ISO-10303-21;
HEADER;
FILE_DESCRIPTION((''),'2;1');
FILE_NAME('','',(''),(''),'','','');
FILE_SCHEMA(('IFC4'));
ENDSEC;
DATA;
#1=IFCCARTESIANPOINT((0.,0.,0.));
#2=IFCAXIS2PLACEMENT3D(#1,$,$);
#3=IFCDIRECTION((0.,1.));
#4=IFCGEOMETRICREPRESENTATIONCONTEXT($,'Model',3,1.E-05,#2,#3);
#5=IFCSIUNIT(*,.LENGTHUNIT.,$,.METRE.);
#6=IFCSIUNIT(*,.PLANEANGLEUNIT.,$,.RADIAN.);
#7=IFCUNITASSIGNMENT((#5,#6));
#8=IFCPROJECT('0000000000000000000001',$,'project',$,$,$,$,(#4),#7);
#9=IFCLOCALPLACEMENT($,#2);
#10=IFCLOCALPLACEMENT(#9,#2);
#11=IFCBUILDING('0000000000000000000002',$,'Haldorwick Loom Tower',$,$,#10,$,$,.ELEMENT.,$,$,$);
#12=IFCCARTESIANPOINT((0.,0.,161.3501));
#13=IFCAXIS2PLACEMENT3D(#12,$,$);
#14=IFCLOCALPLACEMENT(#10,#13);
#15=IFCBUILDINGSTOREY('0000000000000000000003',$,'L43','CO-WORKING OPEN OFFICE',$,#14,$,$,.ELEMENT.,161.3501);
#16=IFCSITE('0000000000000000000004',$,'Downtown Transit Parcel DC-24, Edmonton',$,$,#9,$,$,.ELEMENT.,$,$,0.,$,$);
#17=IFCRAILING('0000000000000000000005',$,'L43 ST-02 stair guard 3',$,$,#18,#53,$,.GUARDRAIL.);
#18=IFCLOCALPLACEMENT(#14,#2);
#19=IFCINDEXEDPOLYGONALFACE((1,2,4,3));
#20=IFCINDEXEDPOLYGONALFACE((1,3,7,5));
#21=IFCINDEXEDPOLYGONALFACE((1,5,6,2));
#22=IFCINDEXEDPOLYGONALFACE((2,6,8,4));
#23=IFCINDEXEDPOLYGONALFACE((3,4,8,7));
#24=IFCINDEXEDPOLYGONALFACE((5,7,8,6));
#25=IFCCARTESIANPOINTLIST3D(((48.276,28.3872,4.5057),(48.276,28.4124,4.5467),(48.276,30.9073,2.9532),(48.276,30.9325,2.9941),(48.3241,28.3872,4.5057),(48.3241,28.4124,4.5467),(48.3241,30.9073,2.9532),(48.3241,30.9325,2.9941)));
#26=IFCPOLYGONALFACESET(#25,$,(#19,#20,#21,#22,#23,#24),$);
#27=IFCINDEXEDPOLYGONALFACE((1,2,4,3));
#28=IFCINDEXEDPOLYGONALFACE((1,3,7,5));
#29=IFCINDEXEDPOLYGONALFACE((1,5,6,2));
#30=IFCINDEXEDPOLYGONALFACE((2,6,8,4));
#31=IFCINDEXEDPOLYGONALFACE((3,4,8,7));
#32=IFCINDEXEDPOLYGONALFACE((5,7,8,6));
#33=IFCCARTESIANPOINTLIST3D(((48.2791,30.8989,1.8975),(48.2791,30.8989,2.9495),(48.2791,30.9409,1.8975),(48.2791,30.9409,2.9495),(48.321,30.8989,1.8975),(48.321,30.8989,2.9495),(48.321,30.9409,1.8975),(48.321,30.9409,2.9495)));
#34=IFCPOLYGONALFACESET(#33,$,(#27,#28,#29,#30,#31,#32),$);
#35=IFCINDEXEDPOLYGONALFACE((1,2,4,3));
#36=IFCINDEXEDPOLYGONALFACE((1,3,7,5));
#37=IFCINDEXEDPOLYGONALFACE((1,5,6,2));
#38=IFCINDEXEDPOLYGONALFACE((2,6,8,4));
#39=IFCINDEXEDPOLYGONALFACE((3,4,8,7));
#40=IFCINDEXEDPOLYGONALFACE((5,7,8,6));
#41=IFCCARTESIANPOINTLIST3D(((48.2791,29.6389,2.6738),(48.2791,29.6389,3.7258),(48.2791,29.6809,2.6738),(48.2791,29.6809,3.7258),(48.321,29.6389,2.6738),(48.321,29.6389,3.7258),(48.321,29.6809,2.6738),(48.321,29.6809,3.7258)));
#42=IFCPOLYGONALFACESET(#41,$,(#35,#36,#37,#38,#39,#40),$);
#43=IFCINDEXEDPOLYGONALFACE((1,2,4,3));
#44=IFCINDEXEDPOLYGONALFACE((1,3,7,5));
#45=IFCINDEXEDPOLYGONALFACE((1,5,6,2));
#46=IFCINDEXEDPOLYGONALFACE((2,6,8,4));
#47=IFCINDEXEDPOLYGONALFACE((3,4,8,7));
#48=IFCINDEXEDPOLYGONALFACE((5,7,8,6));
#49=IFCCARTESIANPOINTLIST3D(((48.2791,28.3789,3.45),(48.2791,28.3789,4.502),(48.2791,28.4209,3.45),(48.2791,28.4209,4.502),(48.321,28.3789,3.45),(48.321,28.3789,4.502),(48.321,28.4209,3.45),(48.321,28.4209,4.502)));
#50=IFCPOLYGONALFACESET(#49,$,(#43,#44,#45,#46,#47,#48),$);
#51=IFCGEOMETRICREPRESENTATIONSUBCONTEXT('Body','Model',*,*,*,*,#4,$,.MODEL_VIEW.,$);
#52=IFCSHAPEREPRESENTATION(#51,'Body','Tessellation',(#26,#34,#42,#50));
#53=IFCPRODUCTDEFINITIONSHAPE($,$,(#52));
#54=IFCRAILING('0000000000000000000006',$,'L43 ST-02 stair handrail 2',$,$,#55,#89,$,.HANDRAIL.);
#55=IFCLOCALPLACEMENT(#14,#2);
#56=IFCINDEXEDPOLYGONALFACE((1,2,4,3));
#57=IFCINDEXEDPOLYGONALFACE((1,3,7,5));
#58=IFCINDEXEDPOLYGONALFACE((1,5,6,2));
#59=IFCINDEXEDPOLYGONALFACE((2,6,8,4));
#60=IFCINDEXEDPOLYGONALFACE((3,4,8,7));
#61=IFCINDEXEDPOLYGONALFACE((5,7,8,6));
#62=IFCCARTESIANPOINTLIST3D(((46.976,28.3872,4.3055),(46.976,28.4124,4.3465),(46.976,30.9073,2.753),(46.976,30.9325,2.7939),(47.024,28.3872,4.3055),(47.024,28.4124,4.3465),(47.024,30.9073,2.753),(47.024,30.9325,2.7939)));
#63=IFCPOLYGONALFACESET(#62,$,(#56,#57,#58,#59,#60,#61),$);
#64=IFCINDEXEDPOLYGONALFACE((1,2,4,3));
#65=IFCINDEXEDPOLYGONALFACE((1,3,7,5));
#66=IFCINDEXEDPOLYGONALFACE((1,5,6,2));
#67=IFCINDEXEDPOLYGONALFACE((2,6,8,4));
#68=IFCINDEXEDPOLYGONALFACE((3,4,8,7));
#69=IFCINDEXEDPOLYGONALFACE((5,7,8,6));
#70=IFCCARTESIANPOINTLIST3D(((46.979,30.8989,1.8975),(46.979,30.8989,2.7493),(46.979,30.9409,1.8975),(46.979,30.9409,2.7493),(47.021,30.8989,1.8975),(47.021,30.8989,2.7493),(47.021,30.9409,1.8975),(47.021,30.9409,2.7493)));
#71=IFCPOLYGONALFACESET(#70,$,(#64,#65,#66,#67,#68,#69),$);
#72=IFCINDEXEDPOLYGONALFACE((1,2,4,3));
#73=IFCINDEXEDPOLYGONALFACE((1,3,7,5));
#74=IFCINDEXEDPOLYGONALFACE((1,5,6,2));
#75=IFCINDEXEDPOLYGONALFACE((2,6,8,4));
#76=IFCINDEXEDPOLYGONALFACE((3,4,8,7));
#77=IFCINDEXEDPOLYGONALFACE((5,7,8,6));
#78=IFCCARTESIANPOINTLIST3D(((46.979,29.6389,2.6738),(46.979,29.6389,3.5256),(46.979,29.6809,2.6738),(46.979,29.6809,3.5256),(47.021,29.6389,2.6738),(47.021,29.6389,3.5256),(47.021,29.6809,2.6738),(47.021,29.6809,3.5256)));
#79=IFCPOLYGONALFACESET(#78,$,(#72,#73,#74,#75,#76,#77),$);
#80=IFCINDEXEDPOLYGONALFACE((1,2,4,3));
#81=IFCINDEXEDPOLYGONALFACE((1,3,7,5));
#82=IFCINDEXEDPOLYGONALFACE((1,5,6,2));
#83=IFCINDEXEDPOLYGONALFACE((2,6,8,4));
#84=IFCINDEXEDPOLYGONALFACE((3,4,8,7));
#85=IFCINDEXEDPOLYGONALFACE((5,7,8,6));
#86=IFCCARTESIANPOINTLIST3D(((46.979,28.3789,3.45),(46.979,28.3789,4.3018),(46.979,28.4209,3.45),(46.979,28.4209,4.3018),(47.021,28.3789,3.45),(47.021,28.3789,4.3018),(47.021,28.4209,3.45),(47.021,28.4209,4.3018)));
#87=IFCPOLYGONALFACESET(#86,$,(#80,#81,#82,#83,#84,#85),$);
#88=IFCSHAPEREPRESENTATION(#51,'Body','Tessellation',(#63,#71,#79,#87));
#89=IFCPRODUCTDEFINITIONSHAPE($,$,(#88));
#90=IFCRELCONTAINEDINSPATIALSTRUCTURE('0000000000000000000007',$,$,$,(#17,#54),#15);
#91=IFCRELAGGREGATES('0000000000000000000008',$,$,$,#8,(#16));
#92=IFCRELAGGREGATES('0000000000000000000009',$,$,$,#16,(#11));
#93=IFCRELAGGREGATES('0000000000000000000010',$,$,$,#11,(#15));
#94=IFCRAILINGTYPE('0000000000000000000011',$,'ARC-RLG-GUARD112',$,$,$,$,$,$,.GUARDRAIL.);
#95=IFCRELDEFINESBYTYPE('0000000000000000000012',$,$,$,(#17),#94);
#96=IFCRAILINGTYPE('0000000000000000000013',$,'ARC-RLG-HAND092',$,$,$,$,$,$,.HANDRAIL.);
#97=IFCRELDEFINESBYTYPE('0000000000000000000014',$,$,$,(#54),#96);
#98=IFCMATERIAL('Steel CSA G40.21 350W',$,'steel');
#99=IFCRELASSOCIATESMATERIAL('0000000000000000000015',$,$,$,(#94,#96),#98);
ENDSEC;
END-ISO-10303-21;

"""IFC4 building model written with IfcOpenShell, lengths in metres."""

from ifc_helpers import new_model, si_unit, direction, frame, origin, origin_2d, place, context, subcontext, project, spatial, rectangle, extrude, material, type_object, element, save


model = new_model("IFC4")

# Units and contexts
model_context = context("Model", 3, precision=1e-05, world=origin(), true_north=direction((0.0, 1.0)))
body_context = subcontext(model_context, "Body", "Model", "MODEL_VIEW")
ifc_project = project(units=[si_unit("LENGTHUNIT", "METRE"), si_unit("PLANEANGLEUNIT", "RADIAN")], contexts=[model_context])

# Site, building, storey
site_placement = place(None, origin())
site = spatial("IfcSite", under=ifc_project, at=site_placement, Name="Downtown Transit Parcel DC-24, Edmonton", CompositionType="ELEMENT", RefElevation=0.0)
building_placement = place(site_placement, origin())
building = spatial("IfcBuilding", under=site, at=building_placement, Name="Haldorwick Loom Tower", CompositionType="ELEMENT")
storey_placement = place(building_placement, frame((0.0, 0.0, 161.3501)))
storey = spatial("IfcBuildingStorey", under=building, at=storey_placement, Name="L43", Description="CO-WORKING OPEN OFFICE", CompositionType="ELEMENT", Elevation=161.3501)

# Shared definitions
ifc_material_1 = material(Name="Steel CSA G40.21 350W", Category="steel")

# Railings
railing_type_1 = type_object("IfcRailingType", Name="ARC-RLG-GUARD112", PredefinedType="GUARDRAIL", material=ifc_material_1)
railing_1_placement = place(storey_placement, frame((48.3, 30.9199, 1.8975)))
element("IfcRailing", 1, at=railing_1_placement, inside=storey, type_object=railing_type_1, Name="L43 ST-02 stair guard 3", PredefinedType="GUARDRAIL", context=body_context, shape_type="SweptSolid", body=[
    extrude(rectangle(XDim=0.0481, YDim=0.0481, at=origin_2d()), frame((0.0, 0.0, 1.0762), z_axis=(0.0, -0.8514, 0.524516), x_axis=(1.0, 0.0, 0.0)), (0.0, 0.0, 1.0), 2.96),
    extrude(rectangle(XDim=0.042, YDim=0.042, at=origin_2d()), origin(), (0.0, 0.0, 1.0), 1.052),
    extrude(rectangle(XDim=0.042, YDim=0.042, at=origin_2d()), frame((0.0, -1.26, 0.7764)), (0.0, 0.0, 1.0), 1.052),
    extrude(rectangle(XDim=0.042, YDim=0.042, at=origin_2d()), frame((0.0, -2.52, 1.5525)), (0.0, 0.0, 1.0), 1.052),
])
railing_type_2 = type_object("IfcRailingType", Name="ARC-RLG-HAND092", PredefinedType="HANDRAIL", material=ifc_material_1)
railing_2_placement = place(storey_placement, frame((47.0, 30.9199, 1.8975)))
element("IfcRailing", 2, at=railing_2_placement, inside=storey, type_object=railing_type_2, Name="L43 ST-02 stair handrail 2", PredefinedType="HANDRAIL", context=body_context, shape_type="SweptSolid", body=[
    extrude(rectangle(XDim=0.0481, YDim=0.0481, at=origin_2d()), frame((0.0, 0.0, 0.876), z_axis=(0.0, -0.8514, 0.524516), x_axis=(1.0, 0.0, 0.0)), (0.0, 0.0, 1.0), 2.96),
    extrude(rectangle(XDim=0.042, YDim=0.042, at=origin_2d()), origin(), (0.0, 0.0, 1.0), 0.8518),
    extrude(rectangle(XDim=0.042, YDim=0.042, at=origin_2d()), frame((0.0, -1.26, 0.7764)), (0.0, 0.0, 1.0), 0.8518),
    extrude(rectangle(XDim=0.042, YDim=0.042, at=origin_2d()), frame((0.0, -2.52, 1.5525)), (0.0, 0.0, 1.0), 0.8518),
])

save(model, "model.ifc")
